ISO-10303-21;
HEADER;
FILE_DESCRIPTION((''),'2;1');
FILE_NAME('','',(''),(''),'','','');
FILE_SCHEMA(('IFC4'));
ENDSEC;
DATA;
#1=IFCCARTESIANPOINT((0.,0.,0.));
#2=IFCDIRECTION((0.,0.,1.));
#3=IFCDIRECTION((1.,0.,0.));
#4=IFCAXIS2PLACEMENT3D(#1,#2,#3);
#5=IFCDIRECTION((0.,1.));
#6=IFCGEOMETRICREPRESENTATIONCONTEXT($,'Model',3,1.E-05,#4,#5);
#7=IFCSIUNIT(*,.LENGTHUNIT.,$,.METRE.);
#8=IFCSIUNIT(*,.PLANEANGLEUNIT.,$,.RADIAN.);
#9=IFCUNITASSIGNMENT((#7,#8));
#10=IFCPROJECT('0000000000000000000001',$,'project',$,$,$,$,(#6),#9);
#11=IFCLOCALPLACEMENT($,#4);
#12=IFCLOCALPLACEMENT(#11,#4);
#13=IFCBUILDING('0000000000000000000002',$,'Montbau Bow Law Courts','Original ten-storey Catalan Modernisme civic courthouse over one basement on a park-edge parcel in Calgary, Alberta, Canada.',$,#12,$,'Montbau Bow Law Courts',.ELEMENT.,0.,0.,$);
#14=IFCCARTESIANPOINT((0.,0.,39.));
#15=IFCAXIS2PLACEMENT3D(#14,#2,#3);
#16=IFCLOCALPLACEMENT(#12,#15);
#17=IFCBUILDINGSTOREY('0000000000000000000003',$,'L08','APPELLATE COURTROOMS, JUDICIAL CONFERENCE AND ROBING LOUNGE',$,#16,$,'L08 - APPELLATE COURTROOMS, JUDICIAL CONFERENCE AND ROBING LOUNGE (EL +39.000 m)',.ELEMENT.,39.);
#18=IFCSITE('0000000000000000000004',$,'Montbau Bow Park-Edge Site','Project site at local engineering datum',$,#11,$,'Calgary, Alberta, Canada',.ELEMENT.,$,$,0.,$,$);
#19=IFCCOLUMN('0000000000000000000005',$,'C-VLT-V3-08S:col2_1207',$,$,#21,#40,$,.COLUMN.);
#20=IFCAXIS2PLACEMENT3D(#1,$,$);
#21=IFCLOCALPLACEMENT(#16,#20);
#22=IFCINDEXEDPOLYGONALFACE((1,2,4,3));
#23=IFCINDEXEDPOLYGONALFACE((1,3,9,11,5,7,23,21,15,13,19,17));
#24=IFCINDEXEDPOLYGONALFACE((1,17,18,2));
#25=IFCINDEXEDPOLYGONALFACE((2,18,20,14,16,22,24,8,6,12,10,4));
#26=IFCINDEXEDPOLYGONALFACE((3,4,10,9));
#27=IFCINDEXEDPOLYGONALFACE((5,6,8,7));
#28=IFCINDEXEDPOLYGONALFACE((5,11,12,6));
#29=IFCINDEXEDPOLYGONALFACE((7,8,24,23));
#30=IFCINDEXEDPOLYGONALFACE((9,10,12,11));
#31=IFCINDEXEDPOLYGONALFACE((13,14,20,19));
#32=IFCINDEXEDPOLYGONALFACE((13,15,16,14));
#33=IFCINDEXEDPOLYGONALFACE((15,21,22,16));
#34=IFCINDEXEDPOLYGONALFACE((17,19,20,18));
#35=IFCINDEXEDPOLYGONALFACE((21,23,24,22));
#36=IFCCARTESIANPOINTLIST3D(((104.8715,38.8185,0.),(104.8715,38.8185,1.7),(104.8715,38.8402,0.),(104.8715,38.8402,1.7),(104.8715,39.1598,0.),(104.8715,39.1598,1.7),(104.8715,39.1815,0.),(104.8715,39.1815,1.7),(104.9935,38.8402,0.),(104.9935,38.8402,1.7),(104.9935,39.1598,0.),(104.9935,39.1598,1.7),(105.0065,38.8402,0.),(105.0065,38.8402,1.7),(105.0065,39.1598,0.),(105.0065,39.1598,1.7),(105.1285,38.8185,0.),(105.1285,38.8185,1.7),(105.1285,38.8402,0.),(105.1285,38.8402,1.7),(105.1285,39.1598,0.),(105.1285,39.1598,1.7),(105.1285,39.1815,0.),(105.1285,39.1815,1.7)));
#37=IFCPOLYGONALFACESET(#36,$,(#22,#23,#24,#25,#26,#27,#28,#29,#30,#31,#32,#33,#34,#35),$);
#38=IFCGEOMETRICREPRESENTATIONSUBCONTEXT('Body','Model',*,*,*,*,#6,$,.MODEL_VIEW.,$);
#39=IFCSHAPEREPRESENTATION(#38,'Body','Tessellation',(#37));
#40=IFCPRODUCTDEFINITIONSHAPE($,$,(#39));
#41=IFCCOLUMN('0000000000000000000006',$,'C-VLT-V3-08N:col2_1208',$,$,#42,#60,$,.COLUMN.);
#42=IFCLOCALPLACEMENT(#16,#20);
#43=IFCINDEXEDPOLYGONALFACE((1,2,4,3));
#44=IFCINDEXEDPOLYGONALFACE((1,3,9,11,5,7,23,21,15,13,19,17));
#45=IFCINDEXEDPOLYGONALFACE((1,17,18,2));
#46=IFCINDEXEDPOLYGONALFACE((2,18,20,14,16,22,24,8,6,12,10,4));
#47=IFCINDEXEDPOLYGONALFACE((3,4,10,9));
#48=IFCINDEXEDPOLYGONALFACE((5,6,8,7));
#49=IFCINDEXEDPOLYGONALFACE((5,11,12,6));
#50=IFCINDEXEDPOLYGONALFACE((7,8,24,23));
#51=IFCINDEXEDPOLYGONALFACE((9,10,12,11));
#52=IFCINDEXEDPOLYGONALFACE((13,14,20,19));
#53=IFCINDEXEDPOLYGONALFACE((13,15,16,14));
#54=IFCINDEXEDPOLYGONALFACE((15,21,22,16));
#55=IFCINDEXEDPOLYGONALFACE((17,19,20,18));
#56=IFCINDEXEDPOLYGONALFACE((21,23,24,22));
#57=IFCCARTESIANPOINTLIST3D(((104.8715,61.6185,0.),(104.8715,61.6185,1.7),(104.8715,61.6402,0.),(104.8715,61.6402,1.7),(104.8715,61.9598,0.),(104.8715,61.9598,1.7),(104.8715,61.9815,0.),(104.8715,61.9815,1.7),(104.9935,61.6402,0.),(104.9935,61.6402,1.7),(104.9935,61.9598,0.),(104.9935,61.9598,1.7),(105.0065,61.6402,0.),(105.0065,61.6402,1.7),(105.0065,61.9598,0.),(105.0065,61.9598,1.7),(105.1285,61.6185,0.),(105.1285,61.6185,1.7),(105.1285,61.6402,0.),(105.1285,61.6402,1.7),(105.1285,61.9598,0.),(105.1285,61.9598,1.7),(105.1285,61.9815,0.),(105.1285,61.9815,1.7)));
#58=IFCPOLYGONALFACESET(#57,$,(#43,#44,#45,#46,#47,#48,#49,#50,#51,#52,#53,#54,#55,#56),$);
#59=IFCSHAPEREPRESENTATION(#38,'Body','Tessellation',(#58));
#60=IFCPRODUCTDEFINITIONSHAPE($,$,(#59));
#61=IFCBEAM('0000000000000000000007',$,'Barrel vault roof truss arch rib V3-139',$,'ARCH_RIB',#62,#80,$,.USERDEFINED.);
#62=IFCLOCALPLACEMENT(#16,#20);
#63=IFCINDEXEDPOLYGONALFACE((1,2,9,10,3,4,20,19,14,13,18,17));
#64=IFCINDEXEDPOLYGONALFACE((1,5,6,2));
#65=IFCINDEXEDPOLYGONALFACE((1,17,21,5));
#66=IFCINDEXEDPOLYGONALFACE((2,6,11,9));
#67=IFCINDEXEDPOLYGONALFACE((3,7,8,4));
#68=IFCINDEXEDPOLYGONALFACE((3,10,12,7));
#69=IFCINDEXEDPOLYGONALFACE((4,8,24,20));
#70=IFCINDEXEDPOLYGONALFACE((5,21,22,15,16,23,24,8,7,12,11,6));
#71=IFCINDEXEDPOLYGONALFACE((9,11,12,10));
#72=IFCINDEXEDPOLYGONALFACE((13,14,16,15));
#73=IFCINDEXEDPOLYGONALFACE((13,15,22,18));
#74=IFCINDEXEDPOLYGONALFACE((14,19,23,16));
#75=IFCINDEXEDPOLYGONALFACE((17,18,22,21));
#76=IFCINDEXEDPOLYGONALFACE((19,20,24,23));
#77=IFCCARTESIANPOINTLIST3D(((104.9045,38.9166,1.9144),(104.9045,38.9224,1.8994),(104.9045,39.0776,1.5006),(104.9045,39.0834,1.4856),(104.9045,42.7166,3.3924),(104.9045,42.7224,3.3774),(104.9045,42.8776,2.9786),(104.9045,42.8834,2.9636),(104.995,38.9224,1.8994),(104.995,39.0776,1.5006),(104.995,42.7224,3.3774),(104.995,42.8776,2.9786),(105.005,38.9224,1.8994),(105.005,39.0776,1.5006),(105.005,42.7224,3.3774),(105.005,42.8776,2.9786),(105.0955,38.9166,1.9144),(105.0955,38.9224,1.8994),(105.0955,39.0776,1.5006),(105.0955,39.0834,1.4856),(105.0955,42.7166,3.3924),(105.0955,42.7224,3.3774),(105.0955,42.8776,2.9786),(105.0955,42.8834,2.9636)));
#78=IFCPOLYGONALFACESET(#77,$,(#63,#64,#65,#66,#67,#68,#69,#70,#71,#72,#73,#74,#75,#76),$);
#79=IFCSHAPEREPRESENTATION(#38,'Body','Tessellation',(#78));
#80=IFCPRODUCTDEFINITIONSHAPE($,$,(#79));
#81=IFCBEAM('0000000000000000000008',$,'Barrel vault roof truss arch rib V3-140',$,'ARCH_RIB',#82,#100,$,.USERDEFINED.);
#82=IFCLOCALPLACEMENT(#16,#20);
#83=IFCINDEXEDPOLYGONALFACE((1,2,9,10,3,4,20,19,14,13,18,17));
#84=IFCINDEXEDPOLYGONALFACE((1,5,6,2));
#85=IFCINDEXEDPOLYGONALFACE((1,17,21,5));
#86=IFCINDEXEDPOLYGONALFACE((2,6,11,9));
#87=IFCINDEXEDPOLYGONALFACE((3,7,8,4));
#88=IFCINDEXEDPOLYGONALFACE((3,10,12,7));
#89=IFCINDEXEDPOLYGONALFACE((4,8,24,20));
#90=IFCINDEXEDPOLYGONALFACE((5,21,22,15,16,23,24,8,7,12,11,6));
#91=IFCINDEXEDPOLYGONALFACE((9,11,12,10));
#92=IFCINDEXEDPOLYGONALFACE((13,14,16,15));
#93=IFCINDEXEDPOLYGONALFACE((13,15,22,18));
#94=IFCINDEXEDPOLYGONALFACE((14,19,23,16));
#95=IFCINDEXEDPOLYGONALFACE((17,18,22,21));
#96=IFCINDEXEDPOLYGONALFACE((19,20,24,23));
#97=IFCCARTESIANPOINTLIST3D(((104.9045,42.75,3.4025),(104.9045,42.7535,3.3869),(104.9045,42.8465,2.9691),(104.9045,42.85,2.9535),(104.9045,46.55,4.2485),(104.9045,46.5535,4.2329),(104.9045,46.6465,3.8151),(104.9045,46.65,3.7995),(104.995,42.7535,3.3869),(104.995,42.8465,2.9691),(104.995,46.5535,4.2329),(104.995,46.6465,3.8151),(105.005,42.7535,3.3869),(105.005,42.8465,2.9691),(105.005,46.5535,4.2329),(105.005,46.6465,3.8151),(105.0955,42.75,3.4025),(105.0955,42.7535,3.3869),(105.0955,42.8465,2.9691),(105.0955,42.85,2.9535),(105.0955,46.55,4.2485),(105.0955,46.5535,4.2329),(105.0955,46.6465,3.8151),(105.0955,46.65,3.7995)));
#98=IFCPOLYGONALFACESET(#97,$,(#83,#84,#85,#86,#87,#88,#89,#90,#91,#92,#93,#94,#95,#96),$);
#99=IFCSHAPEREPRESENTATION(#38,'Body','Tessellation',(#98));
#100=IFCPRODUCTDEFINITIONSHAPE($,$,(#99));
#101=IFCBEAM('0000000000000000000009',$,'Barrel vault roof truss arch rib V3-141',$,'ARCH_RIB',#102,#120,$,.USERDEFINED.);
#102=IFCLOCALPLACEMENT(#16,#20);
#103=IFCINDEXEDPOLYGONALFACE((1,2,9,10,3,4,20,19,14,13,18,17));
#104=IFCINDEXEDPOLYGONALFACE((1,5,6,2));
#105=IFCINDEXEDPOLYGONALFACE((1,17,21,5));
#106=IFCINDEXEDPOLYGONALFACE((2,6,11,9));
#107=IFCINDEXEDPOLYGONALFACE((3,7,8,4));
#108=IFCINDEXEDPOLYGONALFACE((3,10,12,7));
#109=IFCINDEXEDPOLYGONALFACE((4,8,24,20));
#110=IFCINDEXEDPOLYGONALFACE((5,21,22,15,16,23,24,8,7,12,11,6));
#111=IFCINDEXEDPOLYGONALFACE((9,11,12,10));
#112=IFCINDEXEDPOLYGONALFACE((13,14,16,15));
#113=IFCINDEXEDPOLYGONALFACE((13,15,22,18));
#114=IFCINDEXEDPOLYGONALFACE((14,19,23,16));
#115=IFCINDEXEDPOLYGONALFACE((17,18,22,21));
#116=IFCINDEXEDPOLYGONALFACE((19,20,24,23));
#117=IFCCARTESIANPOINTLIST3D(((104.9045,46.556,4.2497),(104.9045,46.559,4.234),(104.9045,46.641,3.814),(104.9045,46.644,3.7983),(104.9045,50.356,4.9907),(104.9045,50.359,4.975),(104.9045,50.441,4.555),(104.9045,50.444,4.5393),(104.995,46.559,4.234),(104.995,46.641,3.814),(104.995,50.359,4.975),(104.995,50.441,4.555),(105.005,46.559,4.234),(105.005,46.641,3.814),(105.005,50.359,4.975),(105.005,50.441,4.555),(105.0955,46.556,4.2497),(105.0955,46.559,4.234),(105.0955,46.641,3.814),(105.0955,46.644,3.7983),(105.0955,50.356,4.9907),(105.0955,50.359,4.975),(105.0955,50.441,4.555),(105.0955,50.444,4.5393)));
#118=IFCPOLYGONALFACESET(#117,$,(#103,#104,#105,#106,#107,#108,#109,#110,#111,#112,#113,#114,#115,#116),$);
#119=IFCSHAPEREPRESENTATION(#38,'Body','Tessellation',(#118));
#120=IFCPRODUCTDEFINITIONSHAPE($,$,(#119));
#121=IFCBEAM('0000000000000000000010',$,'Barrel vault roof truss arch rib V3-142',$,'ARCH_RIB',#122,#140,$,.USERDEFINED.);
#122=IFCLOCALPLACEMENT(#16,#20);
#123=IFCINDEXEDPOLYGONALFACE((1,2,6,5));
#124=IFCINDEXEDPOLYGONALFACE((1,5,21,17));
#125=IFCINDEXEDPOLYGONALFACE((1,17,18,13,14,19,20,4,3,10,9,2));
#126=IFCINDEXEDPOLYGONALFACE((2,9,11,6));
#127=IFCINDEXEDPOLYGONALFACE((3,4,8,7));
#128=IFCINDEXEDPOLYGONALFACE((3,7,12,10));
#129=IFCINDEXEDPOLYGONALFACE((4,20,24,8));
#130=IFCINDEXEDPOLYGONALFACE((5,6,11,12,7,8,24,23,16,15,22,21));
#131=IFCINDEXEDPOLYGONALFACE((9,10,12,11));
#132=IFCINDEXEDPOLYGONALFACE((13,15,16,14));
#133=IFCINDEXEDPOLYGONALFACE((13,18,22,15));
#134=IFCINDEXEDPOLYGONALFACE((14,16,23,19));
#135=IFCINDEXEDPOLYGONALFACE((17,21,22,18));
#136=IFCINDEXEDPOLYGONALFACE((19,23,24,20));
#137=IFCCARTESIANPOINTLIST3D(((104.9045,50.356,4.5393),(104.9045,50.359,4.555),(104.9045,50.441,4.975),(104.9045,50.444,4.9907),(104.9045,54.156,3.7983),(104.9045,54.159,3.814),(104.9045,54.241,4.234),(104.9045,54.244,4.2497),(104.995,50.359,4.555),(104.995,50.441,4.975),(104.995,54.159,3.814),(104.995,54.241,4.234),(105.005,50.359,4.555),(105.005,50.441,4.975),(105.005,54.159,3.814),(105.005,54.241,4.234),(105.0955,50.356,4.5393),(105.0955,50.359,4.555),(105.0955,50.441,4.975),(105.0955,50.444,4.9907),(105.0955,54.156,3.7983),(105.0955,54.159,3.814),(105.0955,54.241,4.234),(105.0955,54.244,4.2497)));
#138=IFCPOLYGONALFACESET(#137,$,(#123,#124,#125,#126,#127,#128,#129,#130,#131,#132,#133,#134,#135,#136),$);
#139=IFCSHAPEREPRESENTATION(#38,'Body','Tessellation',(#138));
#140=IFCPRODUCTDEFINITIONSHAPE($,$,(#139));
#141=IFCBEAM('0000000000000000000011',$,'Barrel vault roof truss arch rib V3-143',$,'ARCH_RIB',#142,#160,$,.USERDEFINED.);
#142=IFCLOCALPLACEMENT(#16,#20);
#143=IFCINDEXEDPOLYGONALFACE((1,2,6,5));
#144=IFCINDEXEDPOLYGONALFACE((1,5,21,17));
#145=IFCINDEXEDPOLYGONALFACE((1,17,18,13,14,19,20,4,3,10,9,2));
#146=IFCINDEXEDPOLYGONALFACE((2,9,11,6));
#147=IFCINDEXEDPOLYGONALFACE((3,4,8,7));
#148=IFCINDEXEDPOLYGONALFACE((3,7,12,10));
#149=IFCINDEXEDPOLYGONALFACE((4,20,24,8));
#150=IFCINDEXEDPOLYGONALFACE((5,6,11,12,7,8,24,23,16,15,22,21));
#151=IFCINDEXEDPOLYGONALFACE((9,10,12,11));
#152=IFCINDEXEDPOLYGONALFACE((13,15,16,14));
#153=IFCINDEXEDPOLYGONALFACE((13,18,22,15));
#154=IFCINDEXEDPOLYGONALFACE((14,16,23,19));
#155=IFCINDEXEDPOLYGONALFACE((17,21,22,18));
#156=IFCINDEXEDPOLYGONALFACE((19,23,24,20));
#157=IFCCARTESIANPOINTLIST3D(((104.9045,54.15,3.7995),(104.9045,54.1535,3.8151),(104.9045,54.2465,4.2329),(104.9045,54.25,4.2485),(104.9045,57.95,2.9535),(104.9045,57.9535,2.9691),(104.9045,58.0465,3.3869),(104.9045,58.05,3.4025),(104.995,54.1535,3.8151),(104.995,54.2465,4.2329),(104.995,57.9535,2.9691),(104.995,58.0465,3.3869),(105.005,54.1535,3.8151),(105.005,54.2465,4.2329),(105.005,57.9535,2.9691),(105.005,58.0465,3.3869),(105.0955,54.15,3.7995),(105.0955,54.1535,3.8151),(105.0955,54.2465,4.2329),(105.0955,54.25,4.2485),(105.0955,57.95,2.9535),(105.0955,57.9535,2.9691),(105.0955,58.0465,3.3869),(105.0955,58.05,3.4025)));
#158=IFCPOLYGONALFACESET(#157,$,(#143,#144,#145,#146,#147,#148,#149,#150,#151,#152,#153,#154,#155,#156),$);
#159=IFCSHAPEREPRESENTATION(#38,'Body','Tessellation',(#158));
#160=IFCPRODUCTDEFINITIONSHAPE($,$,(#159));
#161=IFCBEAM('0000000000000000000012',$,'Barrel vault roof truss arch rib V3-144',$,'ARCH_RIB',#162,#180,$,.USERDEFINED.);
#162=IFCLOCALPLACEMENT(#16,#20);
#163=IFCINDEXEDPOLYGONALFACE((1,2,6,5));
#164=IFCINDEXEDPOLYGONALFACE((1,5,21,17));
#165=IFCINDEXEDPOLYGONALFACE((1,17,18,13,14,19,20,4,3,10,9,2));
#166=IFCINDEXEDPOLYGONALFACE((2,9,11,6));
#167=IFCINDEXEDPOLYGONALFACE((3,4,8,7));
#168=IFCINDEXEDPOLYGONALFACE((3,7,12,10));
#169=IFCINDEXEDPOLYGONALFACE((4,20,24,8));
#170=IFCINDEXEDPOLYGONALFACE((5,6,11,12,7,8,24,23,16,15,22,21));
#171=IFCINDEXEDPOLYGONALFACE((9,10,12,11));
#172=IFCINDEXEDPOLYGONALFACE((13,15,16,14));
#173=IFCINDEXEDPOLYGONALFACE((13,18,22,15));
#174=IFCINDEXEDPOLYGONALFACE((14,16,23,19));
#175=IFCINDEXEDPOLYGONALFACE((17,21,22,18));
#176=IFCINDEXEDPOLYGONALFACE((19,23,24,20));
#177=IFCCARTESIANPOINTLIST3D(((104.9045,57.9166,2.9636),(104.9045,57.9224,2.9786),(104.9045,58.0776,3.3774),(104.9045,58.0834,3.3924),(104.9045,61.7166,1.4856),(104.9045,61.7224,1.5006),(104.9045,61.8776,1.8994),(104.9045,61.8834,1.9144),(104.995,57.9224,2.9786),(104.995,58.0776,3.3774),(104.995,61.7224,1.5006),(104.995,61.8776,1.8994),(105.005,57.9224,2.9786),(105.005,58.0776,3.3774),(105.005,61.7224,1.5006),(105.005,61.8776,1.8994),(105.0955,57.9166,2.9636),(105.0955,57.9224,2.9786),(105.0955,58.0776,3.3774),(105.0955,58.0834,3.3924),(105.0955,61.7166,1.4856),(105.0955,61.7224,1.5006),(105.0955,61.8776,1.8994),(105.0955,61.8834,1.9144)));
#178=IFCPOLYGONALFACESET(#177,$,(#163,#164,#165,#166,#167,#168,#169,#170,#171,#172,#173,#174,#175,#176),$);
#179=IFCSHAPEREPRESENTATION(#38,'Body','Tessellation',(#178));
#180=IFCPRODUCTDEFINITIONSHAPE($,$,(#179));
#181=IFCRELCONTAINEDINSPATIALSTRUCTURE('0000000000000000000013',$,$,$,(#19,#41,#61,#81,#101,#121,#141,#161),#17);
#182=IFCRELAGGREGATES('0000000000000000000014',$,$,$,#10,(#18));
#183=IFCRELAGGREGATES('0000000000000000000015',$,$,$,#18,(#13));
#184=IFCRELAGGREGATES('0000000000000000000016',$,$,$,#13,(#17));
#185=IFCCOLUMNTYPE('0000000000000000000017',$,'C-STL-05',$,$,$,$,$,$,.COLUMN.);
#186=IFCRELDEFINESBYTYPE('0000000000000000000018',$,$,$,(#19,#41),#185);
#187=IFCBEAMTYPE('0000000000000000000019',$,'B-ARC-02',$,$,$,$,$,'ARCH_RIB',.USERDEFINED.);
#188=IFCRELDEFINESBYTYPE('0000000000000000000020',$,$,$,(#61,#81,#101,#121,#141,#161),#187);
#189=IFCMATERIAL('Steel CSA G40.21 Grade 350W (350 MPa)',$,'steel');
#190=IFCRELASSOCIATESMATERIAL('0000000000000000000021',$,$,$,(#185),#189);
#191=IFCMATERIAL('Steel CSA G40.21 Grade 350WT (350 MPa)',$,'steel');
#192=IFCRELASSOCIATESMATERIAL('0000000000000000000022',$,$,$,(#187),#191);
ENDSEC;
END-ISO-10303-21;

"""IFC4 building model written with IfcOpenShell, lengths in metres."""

from ifc_helpers import new_model, si_unit, direction, frame, origin_with_axes, origin_2d_with_axis, place, context, subcontext, project, spatial, i_section, extrude, material, material_profile, profile_set, type_object, element, save


model = new_model("IFC4")

# Units and contexts
model_context = context("Model", 3, precision=1e-05, world=origin_with_axes(), true_north=direction((0.0, 1.0)))
body_context = subcontext(model_context, "Body", "Model", "MODEL_VIEW")
ifc_project = project(units=[si_unit("LENGTHUNIT", "METRE"), si_unit("PLANEANGLEUNIT", "RADIAN")], contexts=[model_context])

# Site, building, storey
site_placement = place(None, origin_with_axes())
site = spatial("IfcSite", under=ifc_project, at=site_placement, Name="Montbau Bow Park-Edge Site", Description="Project site at local engineering datum", LongName="Calgary, Alberta, Canada", CompositionType="ELEMENT", RefElevation=0.0)
building_placement = place(site_placement, origin_with_axes())
building = spatial("IfcBuilding", under=site, at=building_placement, Name="Montbau Bow Law Courts", Description="Original ten-storey Catalan Modernisme civic courthouse over one basement on a park-edge parcel in Calgary, Alberta, Canada.", LongName="Montbau Bow Law Courts", CompositionType="ELEMENT", ElevationOfRefHeight=0.0, ElevationOfTerrain=0.0)
storey_placement = place(building_placement, frame((0.0, 0.0, 39.0), z_axis=(0.0, 0.0, 1.0), x_axis=(1.0, 0.0, 0.0)))
storey = spatial("IfcBuildingStorey", under=building, at=storey_placement, Name="L08", Description="APPELLATE COURTROOMS, JUDICIAL CONFERENCE AND ROBING LOUNGE", LongName="L08 - APPELLATE COURTROOMS, JUDICIAL CONFERENCE AND ROBING LOUNGE (EL +39.000 m)", CompositionType="ELEMENT", Elevation=39.0)

# Columns
ifc_material_1 = material(Name="Steel CSA G40.21 Grade 350W (350 MPa)", Category="steel")
ifc_material_profile_1 = material_profile(ifc_material_1, i_section(OverallWidth=0.257, OverallDepth=0.363, WebThickness=0.013, FlangeThickness=0.0217, at=origin_2d_with_axis()), Name="W360X122", Category="Main", Priority=0)
ifc_profile_set_1 = profile_set([ifc_material_profile_1], Name="Steel CSA G40.21 Grade 350W (350 MPa)")
column_type = type_object("IfcColumnType", Name="C-STL-05", PredefinedType="COLUMN", material=ifc_profile_set_1)
for number, where, z_axis, x_axis, name in (
    (1, (105.0, 39.0, 39.0), (0.0, 0.0, 1.0), (1.0, 0.0, 0.0), "C-VLT-V3-08S:col2_1207"),
    (2, (105.0, 61.8, 39.0), (0.0, 0.0, 1.0), (1.0, 0.0, 0.0), "C-VLT-V3-08N:col2_1208"),
):
    element("IfcColumn", number, at=place(None, frame(where, z_axis=z_axis, x_axis=x_axis)), inside=storey, type_object=column_type, Name=name, PredefinedType="COLUMN", context=body_context, shape_type="SweptSolid", body=[
        extrude(i_section(OverallWidth=0.257, OverallDepth=0.363, WebThickness=0.013, FlangeThickness=0.0217, at=origin_2d_with_axis()), origin_with_axes(), (0.0, 0.0, 1.0), 1.7),
    ])

# Beams
ifc_material_2 = material(Name="Steel CSA G40.21 Grade 350WT (350 MPa)", Category="steel")
ifc_material_profile_2 = material_profile(ifc_material_2, i_section(OverallWidth=0.191, OverallDepth=0.46, WebThickness=0.0099, FlangeThickness=0.016, at=origin_2d_with_axis()), Name="W460X82", Category="Main", Priority=0)
ifc_profile_set_2 = profile_set([ifc_material_profile_2], Name="Steel CSA G40.21 Grade 350WT (350 MPa)")
beam_type = type_object("IfcBeamType", Name="B-ARC-02", ElementType="ARCH_RIB", PredefinedType="USERDEFINED", material=ifc_profile_set_2)
beam_1_placement = place(None, frame((105.0, 39.0, 40.7), z_axis=(0.0, 0.931986, 0.362494), x_axis=(-1.0, 0.0, 0.0)))
element("IfcBeam", 3, at=beam_1_placement, inside=storey, type_object=beam_type, Name="Barrel vault roof truss arch rib V3-139", ObjectType="ARCH_RIB", PredefinedType="USERDEFINED", context=body_context, shape_type="SweptSolid", body=[
    extrude(i_section(OverallWidth=0.191, OverallDepth=0.46, WebThickness=0.0099, FlangeThickness=0.016, at=origin_2d_with_axis()), origin_with_axes(), (0.0, 0.0, 1.0), 4.0773),
])
beam_2_placement = place(None, frame((105.0, 42.8, 42.178), z_axis=(0.0, 0.976102, 0.217311), x_axis=(-1.0, 0.0, 0.0)))
element("IfcBeam", 4, at=beam_2_placement, inside=storey, type_object=beam_type, Name="Barrel vault roof truss arch rib V3-140", ObjectType="ARCH_RIB", PredefinedType="USERDEFINED", context=body_context, shape_type="SweptSolid", body=[
    extrude(i_section(OverallWidth=0.191, OverallDepth=0.46, WebThickness=0.0099, FlangeThickness=0.016, at=origin_2d_with_axis()), origin_with_axes(), (0.0, 0.0, 1.0), 3.893),
])
for number, where, z_axis, x_axis, name in (
    (5, (105.0, 46.6, 43.024), (0.0, 0.981513, 0.191395), (-1.0, 0.0, 0.0), "Barrel vault roof truss arch rib V3-141"),
    (6, (105.0, 50.4, 43.765), (0.0, 0.981513, -0.191395), (-1.0, 0.0, 0.0), "Barrel vault roof truss arch rib V3-142"),
):
    element("IfcBeam", number, at=place(None, frame(where, z_axis=z_axis, x_axis=x_axis)), inside=storey, type_object=beam_type, Name=name, ObjectType="ARCH_RIB", PredefinedType="USERDEFINED", context=body_context, shape_type="SweptSolid", body=[
        extrude(i_section(OverallWidth=0.191, OverallDepth=0.46, WebThickness=0.0099, FlangeThickness=0.016, at=origin_2d_with_axis()), origin_with_axes(), (0.0, 0.0, 1.0), 3.8716),
    ])
beam_3_placement = place(None, frame((105.0, 54.2, 43.024), z_axis=(0.0, 0.976102, -0.217311), x_axis=(-1.0, 0.0, 0.0)))
element("IfcBeam", 7, at=beam_3_placement, inside=storey, type_object=beam_type, Name="Barrel vault roof truss arch rib V3-143", ObjectType="ARCH_RIB", PredefinedType="USERDEFINED", context=body_context, shape_type="SweptSolid", body=[
    extrude(i_section(OverallWidth=0.191, OverallDepth=0.46, WebThickness=0.0099, FlangeThickness=0.016, at=origin_2d_with_axis()), origin_with_axes(), (0.0, 0.0, 1.0), 3.893),
])
beam_4_placement = place(None, frame((105.0, 58.0, 42.178), z_axis=(0.0, 0.931986, -0.362494), x_axis=(-1.0, 0.0, 0.0)))
element("IfcBeam", 8, at=beam_4_placement, inside=storey, type_object=beam_type, Name="Barrel vault roof truss arch rib V3-144", ObjectType="ARCH_RIB", PredefinedType="USERDEFINED", context=body_context, shape_type="SweptSolid", body=[
    extrude(i_section(OverallWidth=0.191, OverallDepth=0.46, WebThickness=0.0099, FlangeThickness=0.016, at=origin_2d_with_axis()), origin_with_axes(), (0.0, 0.0, 1.0), 4.0773),
])

save(model, "model.ifc")
